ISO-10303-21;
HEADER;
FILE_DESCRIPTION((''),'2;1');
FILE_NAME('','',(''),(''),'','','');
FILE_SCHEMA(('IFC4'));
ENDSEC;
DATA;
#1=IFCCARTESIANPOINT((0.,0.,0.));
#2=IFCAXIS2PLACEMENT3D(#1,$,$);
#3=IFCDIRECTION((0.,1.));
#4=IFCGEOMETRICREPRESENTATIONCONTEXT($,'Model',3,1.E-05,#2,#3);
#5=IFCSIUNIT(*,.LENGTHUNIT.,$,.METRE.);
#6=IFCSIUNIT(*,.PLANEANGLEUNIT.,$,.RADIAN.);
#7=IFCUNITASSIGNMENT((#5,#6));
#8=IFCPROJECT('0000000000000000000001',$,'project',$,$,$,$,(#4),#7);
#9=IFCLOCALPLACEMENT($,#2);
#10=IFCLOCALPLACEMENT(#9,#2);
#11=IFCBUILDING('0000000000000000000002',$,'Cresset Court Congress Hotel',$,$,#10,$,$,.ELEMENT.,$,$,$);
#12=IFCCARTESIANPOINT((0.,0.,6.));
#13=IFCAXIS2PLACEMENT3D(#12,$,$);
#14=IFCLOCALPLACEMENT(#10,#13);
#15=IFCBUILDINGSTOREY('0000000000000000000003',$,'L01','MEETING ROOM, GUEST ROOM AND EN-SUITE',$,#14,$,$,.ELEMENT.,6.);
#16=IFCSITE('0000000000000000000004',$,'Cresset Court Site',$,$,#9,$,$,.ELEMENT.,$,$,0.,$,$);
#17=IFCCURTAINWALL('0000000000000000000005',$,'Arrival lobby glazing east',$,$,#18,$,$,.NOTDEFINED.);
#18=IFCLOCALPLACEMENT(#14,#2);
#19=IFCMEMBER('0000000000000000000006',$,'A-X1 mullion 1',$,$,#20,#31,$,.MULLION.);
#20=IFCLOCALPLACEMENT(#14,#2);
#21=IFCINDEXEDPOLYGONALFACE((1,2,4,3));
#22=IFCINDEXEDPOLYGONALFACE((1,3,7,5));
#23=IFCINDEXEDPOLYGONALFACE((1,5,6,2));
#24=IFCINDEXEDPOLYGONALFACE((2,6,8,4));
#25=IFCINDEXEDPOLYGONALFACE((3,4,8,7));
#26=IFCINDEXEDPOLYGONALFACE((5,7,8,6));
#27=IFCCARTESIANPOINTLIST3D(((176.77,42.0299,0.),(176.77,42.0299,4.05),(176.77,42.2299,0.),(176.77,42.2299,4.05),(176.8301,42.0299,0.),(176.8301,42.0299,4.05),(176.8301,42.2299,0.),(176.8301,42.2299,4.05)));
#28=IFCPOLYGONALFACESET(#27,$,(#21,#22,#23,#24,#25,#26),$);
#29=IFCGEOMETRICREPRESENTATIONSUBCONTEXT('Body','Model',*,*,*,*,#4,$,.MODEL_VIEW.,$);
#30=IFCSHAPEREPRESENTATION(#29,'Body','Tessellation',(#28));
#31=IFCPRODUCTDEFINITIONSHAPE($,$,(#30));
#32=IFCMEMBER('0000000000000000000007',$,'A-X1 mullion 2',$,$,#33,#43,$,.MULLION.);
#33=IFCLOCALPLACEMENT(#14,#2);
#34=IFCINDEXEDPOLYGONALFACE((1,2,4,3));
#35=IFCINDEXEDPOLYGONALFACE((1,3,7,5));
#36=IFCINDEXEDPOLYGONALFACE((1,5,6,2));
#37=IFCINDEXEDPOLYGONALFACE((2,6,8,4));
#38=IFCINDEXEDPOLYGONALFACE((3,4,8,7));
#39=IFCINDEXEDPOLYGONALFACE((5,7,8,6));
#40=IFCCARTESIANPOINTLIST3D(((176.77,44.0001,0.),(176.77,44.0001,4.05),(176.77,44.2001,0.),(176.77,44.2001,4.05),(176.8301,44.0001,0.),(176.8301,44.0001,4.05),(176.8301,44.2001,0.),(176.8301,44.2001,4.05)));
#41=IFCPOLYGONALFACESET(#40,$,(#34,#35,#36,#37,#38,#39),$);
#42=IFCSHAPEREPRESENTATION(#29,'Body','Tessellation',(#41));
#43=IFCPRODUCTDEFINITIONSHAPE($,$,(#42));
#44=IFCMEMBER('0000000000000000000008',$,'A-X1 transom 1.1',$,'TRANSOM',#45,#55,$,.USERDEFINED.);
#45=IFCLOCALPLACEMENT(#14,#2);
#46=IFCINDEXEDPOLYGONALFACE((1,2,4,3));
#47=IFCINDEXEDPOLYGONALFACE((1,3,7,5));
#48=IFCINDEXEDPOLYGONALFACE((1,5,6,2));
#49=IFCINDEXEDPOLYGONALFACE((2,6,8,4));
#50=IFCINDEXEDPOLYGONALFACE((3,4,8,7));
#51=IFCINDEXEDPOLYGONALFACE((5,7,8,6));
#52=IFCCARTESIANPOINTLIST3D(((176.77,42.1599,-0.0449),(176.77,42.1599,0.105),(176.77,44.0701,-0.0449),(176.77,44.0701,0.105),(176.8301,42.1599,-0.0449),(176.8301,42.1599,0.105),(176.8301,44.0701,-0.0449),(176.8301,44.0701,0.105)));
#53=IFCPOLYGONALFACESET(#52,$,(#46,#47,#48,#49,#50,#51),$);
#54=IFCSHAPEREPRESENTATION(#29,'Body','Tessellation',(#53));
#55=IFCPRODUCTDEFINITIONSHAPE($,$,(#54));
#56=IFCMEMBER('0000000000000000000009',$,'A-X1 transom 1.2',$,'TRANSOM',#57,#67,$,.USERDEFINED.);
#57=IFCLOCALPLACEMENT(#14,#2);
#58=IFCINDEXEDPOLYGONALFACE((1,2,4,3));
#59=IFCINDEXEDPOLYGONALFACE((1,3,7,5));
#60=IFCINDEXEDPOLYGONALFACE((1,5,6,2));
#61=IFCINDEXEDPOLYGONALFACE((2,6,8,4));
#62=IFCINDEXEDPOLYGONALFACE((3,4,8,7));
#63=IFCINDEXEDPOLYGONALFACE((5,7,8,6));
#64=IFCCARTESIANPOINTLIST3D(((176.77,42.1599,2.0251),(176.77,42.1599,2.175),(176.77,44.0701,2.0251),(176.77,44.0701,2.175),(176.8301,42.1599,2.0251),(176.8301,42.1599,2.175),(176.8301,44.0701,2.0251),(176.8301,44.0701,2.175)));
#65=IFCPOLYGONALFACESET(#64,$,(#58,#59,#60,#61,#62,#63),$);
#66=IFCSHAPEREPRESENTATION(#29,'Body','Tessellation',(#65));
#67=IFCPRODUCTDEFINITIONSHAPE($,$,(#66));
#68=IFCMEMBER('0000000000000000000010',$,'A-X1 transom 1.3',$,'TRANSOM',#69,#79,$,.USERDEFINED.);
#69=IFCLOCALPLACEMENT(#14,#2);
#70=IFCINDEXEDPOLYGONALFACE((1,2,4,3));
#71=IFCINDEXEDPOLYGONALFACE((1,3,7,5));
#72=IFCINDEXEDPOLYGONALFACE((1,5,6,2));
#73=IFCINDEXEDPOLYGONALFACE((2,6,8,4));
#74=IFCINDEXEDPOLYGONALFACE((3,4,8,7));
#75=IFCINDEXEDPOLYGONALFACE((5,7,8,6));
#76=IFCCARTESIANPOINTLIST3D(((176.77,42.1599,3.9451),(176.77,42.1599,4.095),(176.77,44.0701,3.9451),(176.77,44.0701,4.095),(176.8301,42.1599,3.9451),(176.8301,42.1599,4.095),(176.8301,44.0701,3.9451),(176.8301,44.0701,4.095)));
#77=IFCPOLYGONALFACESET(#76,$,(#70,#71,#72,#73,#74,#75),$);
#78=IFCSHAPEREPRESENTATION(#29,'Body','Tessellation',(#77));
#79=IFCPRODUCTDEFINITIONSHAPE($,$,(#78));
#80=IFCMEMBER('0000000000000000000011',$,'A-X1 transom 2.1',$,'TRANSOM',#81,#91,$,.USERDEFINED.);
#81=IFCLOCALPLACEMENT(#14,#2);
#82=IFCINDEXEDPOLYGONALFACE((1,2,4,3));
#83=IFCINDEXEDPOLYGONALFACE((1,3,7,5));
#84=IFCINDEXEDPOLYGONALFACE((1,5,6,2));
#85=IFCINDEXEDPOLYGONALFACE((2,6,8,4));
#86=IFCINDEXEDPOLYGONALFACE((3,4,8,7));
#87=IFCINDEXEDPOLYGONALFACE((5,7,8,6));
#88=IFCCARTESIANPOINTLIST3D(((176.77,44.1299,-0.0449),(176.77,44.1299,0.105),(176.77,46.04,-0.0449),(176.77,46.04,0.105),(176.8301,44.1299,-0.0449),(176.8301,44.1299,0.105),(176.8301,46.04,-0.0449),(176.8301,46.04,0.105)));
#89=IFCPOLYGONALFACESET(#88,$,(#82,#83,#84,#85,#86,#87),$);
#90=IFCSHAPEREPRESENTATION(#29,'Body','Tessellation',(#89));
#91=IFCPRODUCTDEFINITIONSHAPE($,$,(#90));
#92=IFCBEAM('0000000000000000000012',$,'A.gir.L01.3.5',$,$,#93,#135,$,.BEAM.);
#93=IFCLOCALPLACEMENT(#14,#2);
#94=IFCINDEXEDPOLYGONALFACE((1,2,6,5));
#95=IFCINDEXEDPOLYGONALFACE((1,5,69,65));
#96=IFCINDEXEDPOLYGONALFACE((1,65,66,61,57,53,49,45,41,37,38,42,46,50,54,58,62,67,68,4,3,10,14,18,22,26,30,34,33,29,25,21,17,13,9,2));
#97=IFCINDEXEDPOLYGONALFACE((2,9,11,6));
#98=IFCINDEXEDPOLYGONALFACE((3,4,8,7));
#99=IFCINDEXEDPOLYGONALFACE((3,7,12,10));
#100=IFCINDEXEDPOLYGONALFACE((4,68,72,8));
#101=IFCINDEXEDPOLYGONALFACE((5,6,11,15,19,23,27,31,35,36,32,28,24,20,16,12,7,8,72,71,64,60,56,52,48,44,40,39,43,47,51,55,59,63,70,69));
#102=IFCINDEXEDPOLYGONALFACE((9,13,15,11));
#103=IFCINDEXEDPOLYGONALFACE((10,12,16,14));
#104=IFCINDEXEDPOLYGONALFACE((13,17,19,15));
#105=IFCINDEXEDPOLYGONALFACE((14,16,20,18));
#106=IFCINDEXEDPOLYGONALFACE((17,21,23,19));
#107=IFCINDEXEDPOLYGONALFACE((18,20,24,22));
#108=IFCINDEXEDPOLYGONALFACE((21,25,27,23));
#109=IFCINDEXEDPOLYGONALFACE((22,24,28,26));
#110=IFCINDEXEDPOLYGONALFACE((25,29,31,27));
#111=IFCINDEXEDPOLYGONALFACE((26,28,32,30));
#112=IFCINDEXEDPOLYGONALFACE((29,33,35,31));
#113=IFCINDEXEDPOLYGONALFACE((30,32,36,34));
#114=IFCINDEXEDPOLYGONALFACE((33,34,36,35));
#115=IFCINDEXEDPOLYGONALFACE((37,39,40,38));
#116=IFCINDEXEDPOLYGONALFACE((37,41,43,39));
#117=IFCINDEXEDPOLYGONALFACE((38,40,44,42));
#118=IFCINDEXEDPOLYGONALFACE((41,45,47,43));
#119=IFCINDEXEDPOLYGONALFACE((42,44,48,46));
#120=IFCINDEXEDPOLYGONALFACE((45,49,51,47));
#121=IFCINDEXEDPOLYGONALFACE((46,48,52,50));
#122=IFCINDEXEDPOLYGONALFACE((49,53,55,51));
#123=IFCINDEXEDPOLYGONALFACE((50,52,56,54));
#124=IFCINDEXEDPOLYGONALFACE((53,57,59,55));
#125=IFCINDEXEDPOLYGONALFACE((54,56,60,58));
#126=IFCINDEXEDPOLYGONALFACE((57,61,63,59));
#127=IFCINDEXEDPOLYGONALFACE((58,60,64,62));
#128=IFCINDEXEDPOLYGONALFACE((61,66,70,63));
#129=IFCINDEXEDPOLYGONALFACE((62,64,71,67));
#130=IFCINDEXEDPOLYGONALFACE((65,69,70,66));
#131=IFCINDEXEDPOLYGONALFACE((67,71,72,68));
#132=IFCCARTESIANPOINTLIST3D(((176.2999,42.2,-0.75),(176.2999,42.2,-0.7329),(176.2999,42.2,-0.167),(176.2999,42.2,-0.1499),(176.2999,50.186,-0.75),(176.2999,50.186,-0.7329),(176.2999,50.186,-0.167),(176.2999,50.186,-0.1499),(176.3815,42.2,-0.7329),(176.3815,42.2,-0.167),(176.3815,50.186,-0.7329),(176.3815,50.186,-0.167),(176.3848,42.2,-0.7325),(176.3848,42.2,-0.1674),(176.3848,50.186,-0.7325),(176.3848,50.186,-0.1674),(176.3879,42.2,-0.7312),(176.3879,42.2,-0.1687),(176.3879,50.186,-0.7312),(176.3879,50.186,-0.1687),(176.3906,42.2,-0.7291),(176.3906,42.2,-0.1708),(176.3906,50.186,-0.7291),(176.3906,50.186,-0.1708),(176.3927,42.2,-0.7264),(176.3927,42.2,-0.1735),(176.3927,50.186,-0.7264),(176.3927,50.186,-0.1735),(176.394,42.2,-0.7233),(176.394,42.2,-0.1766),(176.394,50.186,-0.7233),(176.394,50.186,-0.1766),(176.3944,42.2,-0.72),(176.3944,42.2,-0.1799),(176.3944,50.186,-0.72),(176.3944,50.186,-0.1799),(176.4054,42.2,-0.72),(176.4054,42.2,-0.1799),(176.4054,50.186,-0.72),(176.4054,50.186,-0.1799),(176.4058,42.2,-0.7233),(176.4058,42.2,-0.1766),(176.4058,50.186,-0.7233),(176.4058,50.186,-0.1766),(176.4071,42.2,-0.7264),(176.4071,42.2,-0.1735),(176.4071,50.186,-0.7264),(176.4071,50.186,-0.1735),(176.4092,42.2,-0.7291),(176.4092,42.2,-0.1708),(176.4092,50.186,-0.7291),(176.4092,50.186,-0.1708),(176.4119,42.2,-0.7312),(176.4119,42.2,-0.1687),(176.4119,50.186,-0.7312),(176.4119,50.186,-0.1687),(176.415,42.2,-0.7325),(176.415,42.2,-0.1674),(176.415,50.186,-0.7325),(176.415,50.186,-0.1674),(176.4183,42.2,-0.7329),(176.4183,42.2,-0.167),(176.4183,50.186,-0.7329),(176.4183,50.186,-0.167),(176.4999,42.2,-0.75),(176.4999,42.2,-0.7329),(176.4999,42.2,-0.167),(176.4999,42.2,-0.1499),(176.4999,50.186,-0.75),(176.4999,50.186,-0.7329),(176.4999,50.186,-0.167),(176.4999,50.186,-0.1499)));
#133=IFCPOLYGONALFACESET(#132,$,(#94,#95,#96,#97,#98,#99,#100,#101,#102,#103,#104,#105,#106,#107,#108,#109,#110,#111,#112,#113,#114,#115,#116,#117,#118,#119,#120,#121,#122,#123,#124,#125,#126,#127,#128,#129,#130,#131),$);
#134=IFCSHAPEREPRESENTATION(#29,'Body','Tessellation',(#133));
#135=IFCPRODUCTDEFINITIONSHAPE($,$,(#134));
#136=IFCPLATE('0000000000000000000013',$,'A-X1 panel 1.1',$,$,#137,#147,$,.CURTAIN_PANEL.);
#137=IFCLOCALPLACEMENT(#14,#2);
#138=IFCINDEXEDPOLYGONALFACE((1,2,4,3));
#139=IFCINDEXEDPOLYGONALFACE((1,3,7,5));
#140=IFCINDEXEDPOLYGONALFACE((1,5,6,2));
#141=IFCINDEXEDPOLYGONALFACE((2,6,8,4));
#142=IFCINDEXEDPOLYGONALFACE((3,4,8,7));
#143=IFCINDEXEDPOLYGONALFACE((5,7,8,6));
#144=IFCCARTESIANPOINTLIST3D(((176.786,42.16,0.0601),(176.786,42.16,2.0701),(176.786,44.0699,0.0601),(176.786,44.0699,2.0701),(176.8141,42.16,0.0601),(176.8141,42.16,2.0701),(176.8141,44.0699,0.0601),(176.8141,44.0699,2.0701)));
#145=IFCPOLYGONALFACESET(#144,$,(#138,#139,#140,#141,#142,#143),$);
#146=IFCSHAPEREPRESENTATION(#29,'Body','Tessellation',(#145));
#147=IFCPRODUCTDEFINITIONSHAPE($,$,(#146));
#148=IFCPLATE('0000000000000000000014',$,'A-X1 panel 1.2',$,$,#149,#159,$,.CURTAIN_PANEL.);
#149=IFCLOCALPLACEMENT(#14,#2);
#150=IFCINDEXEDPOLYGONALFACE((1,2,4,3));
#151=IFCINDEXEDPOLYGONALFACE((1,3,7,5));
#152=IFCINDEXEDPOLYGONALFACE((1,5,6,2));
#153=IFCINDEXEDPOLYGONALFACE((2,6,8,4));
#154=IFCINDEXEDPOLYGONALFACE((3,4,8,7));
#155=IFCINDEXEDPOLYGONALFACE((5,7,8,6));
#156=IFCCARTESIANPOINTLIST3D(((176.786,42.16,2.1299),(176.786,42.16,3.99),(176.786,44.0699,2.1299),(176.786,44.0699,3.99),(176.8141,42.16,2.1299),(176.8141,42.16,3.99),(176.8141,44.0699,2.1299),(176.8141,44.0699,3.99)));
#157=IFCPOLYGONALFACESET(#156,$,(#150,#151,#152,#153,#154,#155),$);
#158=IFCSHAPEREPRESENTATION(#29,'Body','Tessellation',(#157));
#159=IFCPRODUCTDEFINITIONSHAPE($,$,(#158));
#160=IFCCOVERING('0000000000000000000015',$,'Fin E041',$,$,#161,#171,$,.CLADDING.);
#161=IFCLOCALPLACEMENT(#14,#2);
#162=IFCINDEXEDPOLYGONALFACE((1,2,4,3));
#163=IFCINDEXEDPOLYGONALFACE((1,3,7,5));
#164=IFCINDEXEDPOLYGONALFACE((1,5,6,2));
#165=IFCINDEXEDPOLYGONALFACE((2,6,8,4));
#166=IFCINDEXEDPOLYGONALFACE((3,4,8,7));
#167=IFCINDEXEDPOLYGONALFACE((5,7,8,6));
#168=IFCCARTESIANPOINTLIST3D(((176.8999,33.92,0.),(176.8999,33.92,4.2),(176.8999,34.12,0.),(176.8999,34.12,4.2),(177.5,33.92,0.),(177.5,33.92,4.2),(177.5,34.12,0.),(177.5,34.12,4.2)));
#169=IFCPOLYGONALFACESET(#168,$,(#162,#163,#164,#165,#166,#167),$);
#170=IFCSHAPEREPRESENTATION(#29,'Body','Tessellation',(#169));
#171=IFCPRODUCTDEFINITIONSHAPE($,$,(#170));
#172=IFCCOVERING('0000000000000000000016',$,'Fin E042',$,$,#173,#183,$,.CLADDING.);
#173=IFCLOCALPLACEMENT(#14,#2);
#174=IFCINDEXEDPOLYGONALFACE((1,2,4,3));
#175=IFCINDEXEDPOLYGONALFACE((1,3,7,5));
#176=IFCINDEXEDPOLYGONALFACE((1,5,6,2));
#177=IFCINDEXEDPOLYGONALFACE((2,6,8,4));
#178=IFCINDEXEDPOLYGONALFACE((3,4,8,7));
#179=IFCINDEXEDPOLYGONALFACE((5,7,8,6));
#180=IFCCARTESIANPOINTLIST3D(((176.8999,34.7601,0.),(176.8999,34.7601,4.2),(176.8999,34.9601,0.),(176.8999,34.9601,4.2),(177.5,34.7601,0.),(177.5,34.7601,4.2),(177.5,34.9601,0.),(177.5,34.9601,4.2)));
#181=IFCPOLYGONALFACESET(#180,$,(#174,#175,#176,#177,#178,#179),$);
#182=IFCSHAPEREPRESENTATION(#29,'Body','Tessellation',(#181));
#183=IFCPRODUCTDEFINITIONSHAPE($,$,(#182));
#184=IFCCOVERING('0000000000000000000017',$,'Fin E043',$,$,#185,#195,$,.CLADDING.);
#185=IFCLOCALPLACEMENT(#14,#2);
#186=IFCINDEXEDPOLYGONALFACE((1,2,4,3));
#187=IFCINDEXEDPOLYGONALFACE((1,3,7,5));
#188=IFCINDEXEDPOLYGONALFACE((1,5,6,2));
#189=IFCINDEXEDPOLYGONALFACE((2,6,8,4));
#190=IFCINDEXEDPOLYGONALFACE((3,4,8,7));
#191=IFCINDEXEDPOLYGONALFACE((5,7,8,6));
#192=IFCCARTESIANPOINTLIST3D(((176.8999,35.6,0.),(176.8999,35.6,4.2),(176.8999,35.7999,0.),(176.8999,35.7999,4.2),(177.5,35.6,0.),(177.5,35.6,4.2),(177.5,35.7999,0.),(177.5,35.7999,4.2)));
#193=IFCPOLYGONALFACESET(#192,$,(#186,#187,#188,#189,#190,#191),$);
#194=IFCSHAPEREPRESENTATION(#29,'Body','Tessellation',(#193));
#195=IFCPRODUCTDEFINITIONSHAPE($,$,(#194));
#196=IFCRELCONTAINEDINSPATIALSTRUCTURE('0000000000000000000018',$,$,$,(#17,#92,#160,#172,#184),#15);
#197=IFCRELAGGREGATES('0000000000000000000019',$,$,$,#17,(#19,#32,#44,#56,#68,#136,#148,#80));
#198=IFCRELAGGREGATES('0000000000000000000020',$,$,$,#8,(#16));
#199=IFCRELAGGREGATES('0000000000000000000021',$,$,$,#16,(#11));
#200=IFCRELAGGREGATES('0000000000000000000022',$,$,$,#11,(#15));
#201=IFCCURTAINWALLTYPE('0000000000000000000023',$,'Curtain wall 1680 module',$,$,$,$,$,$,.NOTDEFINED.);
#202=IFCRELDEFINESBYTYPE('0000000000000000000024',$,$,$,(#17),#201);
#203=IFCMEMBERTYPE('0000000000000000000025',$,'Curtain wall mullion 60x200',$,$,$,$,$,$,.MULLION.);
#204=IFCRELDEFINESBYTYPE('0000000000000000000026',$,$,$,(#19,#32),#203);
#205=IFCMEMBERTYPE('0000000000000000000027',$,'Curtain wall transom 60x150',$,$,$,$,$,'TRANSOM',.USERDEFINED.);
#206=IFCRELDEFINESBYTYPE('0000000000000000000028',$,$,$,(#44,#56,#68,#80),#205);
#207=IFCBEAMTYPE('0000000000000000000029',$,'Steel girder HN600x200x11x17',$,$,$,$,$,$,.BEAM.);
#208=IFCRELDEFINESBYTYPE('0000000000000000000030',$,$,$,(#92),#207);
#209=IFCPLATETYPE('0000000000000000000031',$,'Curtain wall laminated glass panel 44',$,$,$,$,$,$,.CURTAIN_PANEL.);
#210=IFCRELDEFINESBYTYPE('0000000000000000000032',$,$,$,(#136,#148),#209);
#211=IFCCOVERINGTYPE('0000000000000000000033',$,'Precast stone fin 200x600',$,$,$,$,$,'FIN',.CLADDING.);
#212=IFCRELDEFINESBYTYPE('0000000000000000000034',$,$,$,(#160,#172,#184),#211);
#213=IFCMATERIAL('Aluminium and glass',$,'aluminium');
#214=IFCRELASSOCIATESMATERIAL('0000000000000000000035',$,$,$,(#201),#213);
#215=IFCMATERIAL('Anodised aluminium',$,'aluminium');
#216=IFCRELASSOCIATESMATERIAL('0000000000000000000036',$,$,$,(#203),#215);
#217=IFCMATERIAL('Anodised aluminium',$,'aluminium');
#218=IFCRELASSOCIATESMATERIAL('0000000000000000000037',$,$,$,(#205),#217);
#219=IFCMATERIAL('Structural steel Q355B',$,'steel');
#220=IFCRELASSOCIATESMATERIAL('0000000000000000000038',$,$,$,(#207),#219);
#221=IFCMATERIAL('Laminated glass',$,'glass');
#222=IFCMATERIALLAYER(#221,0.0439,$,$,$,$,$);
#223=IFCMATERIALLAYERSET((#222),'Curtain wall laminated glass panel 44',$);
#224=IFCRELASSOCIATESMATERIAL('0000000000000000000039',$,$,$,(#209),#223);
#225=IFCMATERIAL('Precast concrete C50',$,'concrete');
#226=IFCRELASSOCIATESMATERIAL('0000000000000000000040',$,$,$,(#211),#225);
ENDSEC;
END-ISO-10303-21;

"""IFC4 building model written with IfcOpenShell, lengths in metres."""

from ifc_helpers import new_model, si_unit, direction, frame, origin, origin_2d, place, context, subcontext, project, spatial, rectangle, i_section, extrude, material, layer, layer_set, material_profile, profile_set, type_object, element, aggregate, save


model = new_model("IFC4")

# Units and contexts
model_context = context("Model", 3, precision=1e-05, world=origin(), true_north=direction((0.0, 1.0)))
body_context = subcontext(model_context, "Body", "Model", "MODEL_VIEW")
ifc_project = project(units=[si_unit("LENGTHUNIT", "METRE"), si_unit("PLANEANGLEUNIT", "RADIAN")], contexts=[model_context])

# Site, building, storey
site_placement = place(None, origin())
site = spatial("IfcSite", under=ifc_project, at=site_placement, Name="Cresset Court Site", CompositionType="ELEMENT", RefElevation=0.0)
building_placement = place(site_placement, origin())
building = spatial("IfcBuilding", under=site, at=building_placement, Name="Cresset Court Congress Hotel", CompositionType="ELEMENT")
storey_placement = place(building_placement, frame((0.0, 0.0, 6.0)))
storey = spatial("IfcBuildingStorey", under=building, at=storey_placement, Name="L01", Description="MEETING ROOM, GUEST ROOM AND EN-SUITE", CompositionType="ELEMENT", Elevation=6.0)

# Curtain wall, members
ifc_material_1 = material(Name="Aluminium and glass", Category="aluminium")
curtain_wall_type = type_object("IfcCurtainWallType", Name="Curtain wall 1680 module", PredefinedType="NOTDEFINED", material=ifc_material_1)
curtain_wall_placement = place(storey_placement, origin())
curtain_wall = element("IfcCurtainWall", 1, at=curtain_wall_placement, inside=storey, type_object=curtain_wall_type, Name="Arrival lobby glazing east", PredefinedType="NOTDEFINED")
ifc_material_2 = material(Name="Anodised aluminium", Category="aluminium")
ifc_material_profile_1 = material_profile(ifc_material_2, rectangle(XDim=0.0601, YDim=0.2, at=origin_2d()), Name="RECT60x200")
ifc_profile_set_1 = profile_set([ifc_material_profile_1], Name="Anodised aluminium")
member_type_1 = type_object("IfcMemberType", Name="Curtain wall mullion 60x200", PredefinedType="MULLION", material=ifc_profile_set_1)
member_1_placement = place(storey_placement, frame((176.8, 42.1299, 0.0), z_axis=(0.0, 0.0, 1.0), x_axis=(-1.0, 0.0, 0.0)))
member_1 = element("IfcMember", 2, at=member_1_placement, type_object=member_type_1, Name="A-X1 mullion 1", PredefinedType="MULLION", context=body_context, shape_type="SweptSolid", body=[
    extrude(rectangle(XDim=0.0601, YDim=0.2, at=origin_2d()), origin(), (0.0, 0.0, 1.0), 4.05),
])
member_2_placement = place(storey_placement, frame((176.8, 44.1001, 0.0), z_axis=(0.0, 0.0, 1.0), x_axis=(-1.0, 0.0, 0.0)))
member_2 = element("IfcMember", 3, at=member_2_placement, type_object=member_type_1, Name="A-X1 mullion 2", PredefinedType="MULLION", context=body_context, shape_type="SweptSolid", body=[
    extrude(rectangle(XDim=0.0601, YDim=0.2, at=origin_2d()), origin(), (0.0, 0.0, 1.0), 4.05),
])
ifc_material_3 = material(Name="Anodised aluminium", Category="aluminium")
ifc_material_profile_2 = material_profile(ifc_material_3, rectangle(XDim=0.0601, YDim=0.1499, at=origin_2d()), Name="RECT60x150")
ifc_profile_set_2 = profile_set([ifc_material_profile_2], Name="Anodised aluminium")
member_type_2 = type_object("IfcMemberType", Name="Curtain wall transom 60x150", ElementType="TRANSOM", PredefinedType="USERDEFINED", material=ifc_profile_set_2)
member_3_placement = place(storey_placement, frame((176.8, 42.1599, 0.03), z_axis=(0.0, 1.0, 0.0), x_axis=(-1.0, 0.0, 0.0)))
member_3 = element("IfcMember", 4, at=member_3_placement, type_object=member_type_2, Name="A-X1 transom 1.1", ObjectType="TRANSOM", PredefinedType="USERDEFINED", context=body_context, shape_type="SweptSolid", body=[
    extrude(rectangle(XDim=0.0601, YDim=0.1499, at=origin_2d()), origin(), (0.0, 0.0, 1.0), 1.9102),
])
member_4_placement = place(storey_placement, frame((176.8, 42.1599, 2.1001), z_axis=(0.0, 1.0, 0.0), x_axis=(-1.0, 0.0, 0.0)))
member_4 = element("IfcMember", 5, at=member_4_placement, type_object=member_type_2, Name="A-X1 transom 1.2", ObjectType="TRANSOM", PredefinedType="USERDEFINED", context=body_context, shape_type="SweptSolid", body=[
    extrude(rectangle(XDim=0.0601, YDim=0.1499, at=origin_2d()), origin(), (0.0, 0.0, 1.0), 1.9102),
])
member_5_placement = place(storey_placement, frame((176.8, 42.1599, 4.02), z_axis=(0.0, 1.0, 0.0), x_axis=(-1.0, 0.0, 0.0)))
member_5 = element("IfcMember", 6, at=member_5_placement, type_object=member_type_2, Name="A-X1 transom 1.3", ObjectType="TRANSOM", PredefinedType="USERDEFINED", context=body_context, shape_type="SweptSolid", body=[
    extrude(rectangle(XDim=0.0601, YDim=0.1499, at=origin_2d()), origin(), (0.0, 0.0, 1.0), 1.9102),
])
member_6_placement = place(storey_placement, frame((176.8, 44.1299, 0.03), z_axis=(0.0, 1.0, 0.0), x_axis=(-1.0, 0.0, 0.0)))
member_6 = element("IfcMember", 7, at=member_6_placement, type_object=member_type_2, Name="A-X1 transom 2.1", ObjectType="TRANSOM", PredefinedType="USERDEFINED", context=body_context, shape_type="SweptSolid", body=[
    extrude(rectangle(XDim=0.0601, YDim=0.1499, at=origin_2d()), origin(), (0.0, 0.0, 1.0), 1.9102),
])

# Beam
ifc_material_4 = material(Name="Structural steel Q355B", Category="steel")
ifc_material_profile_3 = material_profile(ifc_material_4, i_section(OverallWidth=0.2, OverallDepth=0.6001, WebThickness=0.011, FlangeThickness=0.0171, FilletRadius=0.0129, at=origin_2d()), Name="HN600x200x11x17")
ifc_profile_set_3 = profile_set([ifc_material_profile_3], Name="Structural steel Q355B")
beam_type = type_object("IfcBeamType", Name="Steel girder HN600x200x11x17", PredefinedType="BEAM", material=ifc_profile_set_3)
beam_placement = place(storey_placement, frame((176.3999, 42.2, -0.45), z_axis=(0.0, 1.0, 0.0), x_axis=(-1.0, 0.0, 0.0)))
element("IfcBeam", 8, at=beam_placement, inside=storey, type_object=beam_type, Name="A.gir.L01.3.5", PredefinedType="BEAM", context=body_context, shape_type="SweptSolid", body=[
    extrude(i_section(OverallWidth=0.2, OverallDepth=0.6001, WebThickness=0.011, FlangeThickness=0.0171, FilletRadius=0.0129, at=origin_2d()), origin(), (0.0, 0.0, 1.0), 7.9861),
])

# Plates
ifc_material_5 = material(Name="Laminated glass", Category="glass")
ifc_layer = layer(ifc_material_5, 0.0439)
ifc_layer_set = layer_set([ifc_layer], Name="Curtain wall laminated glass panel 44")
plate_type = type_object("IfcPlateType", Name="Curtain wall laminated glass panel 44", PredefinedType="CURTAIN_PANEL", material=ifc_layer_set)
plate_1_placement = place(storey_placement, frame((176.8, 43.115, 0.0601), z_axis=(0.0, 0.0, 1.0), x_axis=(0.0, 1.0, 0.0)))
plate_1 = element("IfcPlate", 9, at=plate_1_placement, type_object=plate_type, Name="A-X1 panel 1.1", PredefinedType="CURTAIN_PANEL", context=body_context, shape_type="SweptSolid", body=[
    extrude(rectangle(XDim=1.9099, YDim=0.0281, at=origin_2d()), origin(), (0.0, 0.0, 1.0), 2.01),
])
plate_2_placement = place(storey_placement, frame((176.8, 43.115, 2.1299), z_axis=(0.0, 0.0, 1.0), x_axis=(0.0, 1.0, 0.0)))
plate_2 = element("IfcPlate", 10, at=plate_2_placement, type_object=plate_type, Name="A-X1 panel 1.2", PredefinedType="CURTAIN_PANEL", context=body_context, shape_type="SweptSolid", body=[
    extrude(rectangle(XDim=1.9099, YDim=0.0281, at=origin_2d()), origin(), (0.0, 0.0, 1.0), 1.8601),
])
aggregate(curtain_wall, [member_1, member_2, member_3, member_4, member_5, plate_1, plate_2, member_6])

# Coverings
ifc_material_6 = material(Name="Precast concrete C50", Category="concrete")
covering_type_1 = type_object("IfcCoveringType", Name="Precast stone fin 200x600", ElementType="FIN", PredefinedType="CLADDING", material=ifc_material_6)
for number, where, z_axis, x_axis, name in (
    (11, (177.2, 34.02, 0.0), (0.0, 0.0, 1.0), (1.0, 0.0, 0.0), "Fin E041"),
    (12, (177.2, 34.8601, 0.0), (0.0, 0.0, 1.0), (1.0, 0.0, 0.0), "Fin E042"),
    (13, (177.2, 35.7, 0.0), (0.0, 0.0, 1.0), (1.0, 0.0, 0.0), "Fin E043"),
):
    element("IfcCovering", number, at=place(storey_placement, frame(where, z_axis=z_axis, x_axis=x_axis)), inside=storey, type_object=covering_type_1, Name=name, PredefinedType="CLADDING", context=body_context, shape_type="SweptSolid", body=[
        extrude(rectangle(XDim=0.6001, YDim=0.2, at=origin_2d()), origin(), (0.0, 0.0, 1.0), 4.2),
    ])

save(model, "model.ifc")
